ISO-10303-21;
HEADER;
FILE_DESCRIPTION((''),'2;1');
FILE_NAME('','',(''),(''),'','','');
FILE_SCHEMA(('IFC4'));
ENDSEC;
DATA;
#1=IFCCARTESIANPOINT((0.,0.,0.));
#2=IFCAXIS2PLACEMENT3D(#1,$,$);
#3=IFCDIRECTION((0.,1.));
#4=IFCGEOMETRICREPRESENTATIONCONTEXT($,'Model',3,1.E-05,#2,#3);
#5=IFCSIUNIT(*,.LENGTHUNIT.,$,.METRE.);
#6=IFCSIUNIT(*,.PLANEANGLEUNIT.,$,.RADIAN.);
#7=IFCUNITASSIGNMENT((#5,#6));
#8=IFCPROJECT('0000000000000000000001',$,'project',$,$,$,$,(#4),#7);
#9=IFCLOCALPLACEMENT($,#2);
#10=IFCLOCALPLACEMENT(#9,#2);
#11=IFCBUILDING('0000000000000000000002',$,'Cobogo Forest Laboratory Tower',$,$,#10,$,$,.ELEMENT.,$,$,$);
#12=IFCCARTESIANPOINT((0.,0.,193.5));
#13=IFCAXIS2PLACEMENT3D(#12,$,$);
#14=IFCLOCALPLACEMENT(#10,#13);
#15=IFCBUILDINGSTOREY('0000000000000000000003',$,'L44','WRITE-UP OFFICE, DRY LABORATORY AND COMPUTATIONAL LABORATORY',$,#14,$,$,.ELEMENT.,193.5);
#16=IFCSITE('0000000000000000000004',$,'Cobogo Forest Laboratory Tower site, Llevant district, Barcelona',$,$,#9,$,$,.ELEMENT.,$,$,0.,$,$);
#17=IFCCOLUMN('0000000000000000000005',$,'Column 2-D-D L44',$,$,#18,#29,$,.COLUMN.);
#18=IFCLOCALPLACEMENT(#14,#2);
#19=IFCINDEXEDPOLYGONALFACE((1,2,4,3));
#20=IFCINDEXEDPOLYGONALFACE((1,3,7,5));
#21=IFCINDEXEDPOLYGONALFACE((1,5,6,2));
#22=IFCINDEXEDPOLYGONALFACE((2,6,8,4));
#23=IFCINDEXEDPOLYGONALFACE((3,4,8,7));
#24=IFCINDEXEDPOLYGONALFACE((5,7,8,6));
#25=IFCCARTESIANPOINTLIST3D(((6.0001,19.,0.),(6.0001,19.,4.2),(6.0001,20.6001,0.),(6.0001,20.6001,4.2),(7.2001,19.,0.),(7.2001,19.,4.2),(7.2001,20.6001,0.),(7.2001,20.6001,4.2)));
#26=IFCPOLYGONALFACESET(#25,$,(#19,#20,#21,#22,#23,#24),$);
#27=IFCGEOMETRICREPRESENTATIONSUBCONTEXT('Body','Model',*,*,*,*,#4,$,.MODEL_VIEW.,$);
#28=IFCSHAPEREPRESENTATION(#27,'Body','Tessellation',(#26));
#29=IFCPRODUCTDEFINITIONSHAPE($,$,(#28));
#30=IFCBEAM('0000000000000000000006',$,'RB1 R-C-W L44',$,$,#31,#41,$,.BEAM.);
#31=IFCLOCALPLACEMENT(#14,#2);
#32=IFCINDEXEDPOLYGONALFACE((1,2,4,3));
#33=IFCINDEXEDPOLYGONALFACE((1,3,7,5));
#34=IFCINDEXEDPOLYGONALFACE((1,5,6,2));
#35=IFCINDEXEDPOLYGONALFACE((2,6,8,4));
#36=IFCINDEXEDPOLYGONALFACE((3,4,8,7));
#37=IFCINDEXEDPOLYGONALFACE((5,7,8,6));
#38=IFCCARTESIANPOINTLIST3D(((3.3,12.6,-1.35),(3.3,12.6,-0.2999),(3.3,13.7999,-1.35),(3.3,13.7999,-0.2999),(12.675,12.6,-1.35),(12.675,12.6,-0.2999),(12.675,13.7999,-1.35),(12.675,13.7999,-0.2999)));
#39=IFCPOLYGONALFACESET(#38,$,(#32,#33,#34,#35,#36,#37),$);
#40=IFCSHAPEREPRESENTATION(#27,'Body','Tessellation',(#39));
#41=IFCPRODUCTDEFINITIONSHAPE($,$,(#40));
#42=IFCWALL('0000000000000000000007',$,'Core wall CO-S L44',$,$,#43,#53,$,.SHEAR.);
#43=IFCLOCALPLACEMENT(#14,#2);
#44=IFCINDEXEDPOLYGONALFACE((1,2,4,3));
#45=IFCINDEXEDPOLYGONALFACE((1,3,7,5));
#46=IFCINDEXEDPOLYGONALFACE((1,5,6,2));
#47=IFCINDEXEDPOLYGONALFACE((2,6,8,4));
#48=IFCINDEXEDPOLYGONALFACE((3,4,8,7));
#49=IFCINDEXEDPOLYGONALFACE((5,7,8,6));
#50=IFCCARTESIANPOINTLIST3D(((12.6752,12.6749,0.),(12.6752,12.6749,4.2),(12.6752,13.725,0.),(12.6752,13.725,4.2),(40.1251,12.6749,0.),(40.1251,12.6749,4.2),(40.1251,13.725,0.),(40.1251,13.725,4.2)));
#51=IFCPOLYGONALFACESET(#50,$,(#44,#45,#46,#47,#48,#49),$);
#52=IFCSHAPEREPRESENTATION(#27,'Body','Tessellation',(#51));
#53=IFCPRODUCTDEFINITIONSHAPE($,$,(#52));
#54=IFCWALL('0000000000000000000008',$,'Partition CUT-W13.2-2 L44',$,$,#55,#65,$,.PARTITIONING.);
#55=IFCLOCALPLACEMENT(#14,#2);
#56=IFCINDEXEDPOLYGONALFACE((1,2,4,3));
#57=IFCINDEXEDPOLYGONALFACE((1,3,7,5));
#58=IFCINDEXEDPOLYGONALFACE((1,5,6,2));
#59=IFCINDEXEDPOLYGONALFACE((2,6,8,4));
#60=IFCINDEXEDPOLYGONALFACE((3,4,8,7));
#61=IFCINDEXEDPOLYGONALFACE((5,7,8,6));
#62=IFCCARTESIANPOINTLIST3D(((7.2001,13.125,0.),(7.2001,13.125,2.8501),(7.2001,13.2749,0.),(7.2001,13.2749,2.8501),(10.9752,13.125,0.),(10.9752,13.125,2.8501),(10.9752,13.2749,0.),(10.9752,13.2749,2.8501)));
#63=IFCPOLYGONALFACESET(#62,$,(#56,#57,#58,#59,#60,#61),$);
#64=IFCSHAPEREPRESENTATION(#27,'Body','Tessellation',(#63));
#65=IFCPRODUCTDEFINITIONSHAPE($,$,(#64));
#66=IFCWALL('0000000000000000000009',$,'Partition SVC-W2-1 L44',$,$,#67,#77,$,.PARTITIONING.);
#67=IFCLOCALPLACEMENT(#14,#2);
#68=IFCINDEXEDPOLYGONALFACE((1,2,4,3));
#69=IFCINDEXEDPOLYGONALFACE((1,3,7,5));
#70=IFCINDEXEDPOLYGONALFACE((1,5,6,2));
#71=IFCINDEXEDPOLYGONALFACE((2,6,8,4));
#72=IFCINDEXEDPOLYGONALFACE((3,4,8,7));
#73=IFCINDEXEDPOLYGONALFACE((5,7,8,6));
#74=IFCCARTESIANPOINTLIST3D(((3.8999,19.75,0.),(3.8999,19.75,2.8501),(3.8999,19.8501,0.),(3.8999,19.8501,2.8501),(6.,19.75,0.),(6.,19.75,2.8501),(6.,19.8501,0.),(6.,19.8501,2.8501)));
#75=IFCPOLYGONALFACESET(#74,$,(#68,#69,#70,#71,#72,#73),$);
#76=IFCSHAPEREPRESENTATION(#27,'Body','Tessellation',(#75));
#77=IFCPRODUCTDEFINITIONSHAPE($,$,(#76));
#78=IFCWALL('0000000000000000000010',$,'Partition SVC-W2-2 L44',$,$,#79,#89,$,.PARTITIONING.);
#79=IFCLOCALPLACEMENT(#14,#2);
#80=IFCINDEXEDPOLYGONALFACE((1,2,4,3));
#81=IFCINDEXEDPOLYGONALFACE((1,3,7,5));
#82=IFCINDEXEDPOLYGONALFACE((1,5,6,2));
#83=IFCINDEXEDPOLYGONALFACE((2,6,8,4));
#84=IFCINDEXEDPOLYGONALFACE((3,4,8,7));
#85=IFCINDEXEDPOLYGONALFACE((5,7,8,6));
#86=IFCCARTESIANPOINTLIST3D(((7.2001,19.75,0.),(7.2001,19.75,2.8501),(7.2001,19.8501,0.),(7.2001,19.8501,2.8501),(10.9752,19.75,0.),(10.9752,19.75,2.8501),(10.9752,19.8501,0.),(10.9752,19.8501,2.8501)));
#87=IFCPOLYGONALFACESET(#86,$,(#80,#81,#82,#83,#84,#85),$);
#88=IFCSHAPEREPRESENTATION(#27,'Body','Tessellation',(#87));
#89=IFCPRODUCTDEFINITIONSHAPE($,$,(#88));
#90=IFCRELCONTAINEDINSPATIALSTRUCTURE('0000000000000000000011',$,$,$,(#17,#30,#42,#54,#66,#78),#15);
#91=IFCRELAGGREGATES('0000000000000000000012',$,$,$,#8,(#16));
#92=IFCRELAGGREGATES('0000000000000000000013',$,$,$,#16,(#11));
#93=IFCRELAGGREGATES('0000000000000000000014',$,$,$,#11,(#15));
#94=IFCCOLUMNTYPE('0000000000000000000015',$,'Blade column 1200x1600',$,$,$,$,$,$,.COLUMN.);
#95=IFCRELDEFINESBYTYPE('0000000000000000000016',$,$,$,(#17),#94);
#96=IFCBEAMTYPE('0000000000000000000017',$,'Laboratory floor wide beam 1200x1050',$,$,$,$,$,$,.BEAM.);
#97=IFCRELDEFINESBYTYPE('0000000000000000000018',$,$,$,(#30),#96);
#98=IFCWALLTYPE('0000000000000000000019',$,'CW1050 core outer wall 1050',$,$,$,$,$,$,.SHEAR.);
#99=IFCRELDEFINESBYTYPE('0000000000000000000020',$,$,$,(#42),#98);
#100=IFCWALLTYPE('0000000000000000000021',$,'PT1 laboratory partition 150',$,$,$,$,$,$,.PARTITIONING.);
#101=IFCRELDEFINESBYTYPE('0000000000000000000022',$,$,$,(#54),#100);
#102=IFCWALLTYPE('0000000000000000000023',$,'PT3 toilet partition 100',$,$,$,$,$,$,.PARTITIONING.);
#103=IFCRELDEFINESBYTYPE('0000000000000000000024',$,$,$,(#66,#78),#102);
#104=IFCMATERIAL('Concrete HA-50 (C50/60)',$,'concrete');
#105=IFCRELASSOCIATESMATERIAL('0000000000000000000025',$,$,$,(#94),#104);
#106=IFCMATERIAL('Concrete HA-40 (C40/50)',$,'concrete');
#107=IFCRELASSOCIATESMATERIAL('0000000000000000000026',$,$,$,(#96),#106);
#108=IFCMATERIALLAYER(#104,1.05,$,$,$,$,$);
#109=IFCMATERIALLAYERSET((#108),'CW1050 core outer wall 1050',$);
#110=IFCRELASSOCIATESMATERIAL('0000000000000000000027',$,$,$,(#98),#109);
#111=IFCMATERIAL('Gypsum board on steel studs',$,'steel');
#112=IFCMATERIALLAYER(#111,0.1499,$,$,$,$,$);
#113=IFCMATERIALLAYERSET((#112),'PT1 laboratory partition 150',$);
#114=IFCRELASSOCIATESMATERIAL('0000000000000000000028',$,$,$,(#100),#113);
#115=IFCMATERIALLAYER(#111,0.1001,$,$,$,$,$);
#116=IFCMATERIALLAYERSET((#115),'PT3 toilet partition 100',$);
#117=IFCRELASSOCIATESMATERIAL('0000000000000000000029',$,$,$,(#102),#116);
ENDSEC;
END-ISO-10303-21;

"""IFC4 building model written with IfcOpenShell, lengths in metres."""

from ifc_helpers import new_model, si_unit, direction, frame, frame_2d, origin, origin_2d, place, context, subcontext, project, spatial, rectangle, extrude, material, layer, layer_set, material_profile, profile_set, type_object, element, save


model = new_model("IFC4")

# Units and contexts
model_context = context("Model", 3, precision=1e-05, world=origin(), true_north=direction((0.0, 1.0)))
body_context = subcontext(model_context, "Body", "Model", "MODEL_VIEW")
ifc_project = project(units=[si_unit("LENGTHUNIT", "METRE"), si_unit("PLANEANGLEUNIT", "RADIAN")], contexts=[model_context])

# Site, building, storey
site_placement = place(None, origin())
site = spatial("IfcSite", under=ifc_project, at=site_placement, Name="Cobogo Forest Laboratory Tower site, Llevant district, Barcelona", CompositionType="ELEMENT", RefElevation=0.0)
building_placement = place(site_placement, origin())
building = spatial("IfcBuilding", under=site, at=building_placement, Name="Cobogo Forest Laboratory Tower", CompositionType="ELEMENT")
storey_placement = place(building_placement, frame((0.0, 0.0, 193.5)))
storey = spatial("IfcBuildingStorey", under=building, at=storey_placement, Name="L44", Description="WRITE-UP OFFICE, DRY LABORATORY AND COMPUTATIONAL LABORATORY", CompositionType="ELEMENT", Elevation=193.5)

# Column
ifc_material_1 = material(Name="Concrete HA-50 (C50/60)", Category="concrete")
ifc_material_profile_1 = material_profile(ifc_material_1, rectangle(XDim=1.6001, YDim=1.2, at=origin_2d()), Name="RC 1200x1600")
ifc_profile_set_1 = profile_set([ifc_material_profile_1], Name="Concrete HA-50 (C50/60)")
column_type = type_object("IfcColumnType", Name="Blade column 1200x1600", PredefinedType="COLUMN", material=ifc_profile_set_1)
column_placement = place(storey_placement, frame((6.6001, 19.8, 0.0), z_axis=(0.0, 0.0, 1.0), x_axis=(0.0, 1.0, 0.0)))
element("IfcColumn", 1, at=column_placement, inside=storey, type_object=column_type, Name="Column 2-D-D L44", PredefinedType="COLUMN", context=body_context, shape_type="SweptSolid", body=[
    extrude(rectangle(XDim=1.6001, YDim=1.2, at=origin_2d()), origin(), (0.0, 0.0, 1.0), 4.2),
])

# Beam
ifc_material_2 = material(Name="Concrete HA-40 (C40/50)", Category="concrete")
ifc_material_profile_2 = material_profile(ifc_material_2, rectangle(XDim=1.2, YDim=1.05, at=origin_2d()), Name="RC 1200x1050")
ifc_profile_set_2 = profile_set([ifc_material_profile_2], Name="Concrete HA-40 (C40/50)")
beam_type = type_object("IfcBeamType", Name="Laboratory floor wide beam 1200x1050", PredefinedType="BEAM", material=ifc_profile_set_2)
beam_placement = place(storey_placement, frame((12.675, 13.2, -0.825), z_axis=(-1.0, 0.0, 0.0), x_axis=(0.0, -1.0, 0.0)))
element("IfcBeam", 2, at=beam_placement, inside=storey, type_object=beam_type, Name="RB1 R-C-W L44", PredefinedType="BEAM", context=body_context, shape_type="SweptSolid", body=[
    extrude(rectangle(XDim=1.2, YDim=1.05, at=origin_2d()), origin(), (0.0, 0.0, 1.0), 9.375),
])

# Walls
ifc_layer_1 = layer(ifc_material_1, 1.05)
ifc_layer_set_1 = layer_set([ifc_layer_1], Name="CW1050 core outer wall 1050")
wall_type_1 = type_object("IfcWallType", Name="CW1050 core outer wall 1050", PredefinedType="SHEAR", material=ifc_layer_set_1)
wall_1_placement = place(storey_placement, frame((12.675, 13.2, 0.0), z_axis=(0.0, 0.0, 1.0), x_axis=(1.0, 0.0, 0.0)))
element("IfcWall", 3, at=wall_1_placement, inside=storey, type_object=wall_type_1, Name="Core wall CO-S L44", PredefinedType="SHEAR", context=body_context, shape_type="SweptSolid", body=[
    extrude(rectangle(XDim=27.45, YDim=1.05, at=frame_2d((13.7251, 0.0))), origin(), (0.0, 0.0, 1.0), 4.2),
])
ifc_material_3 = material(Name="Gypsum board on steel studs", Category="steel")
ifc_layer_2 = layer(ifc_material_3, 0.1499)
ifc_layer_set_2 = layer_set([ifc_layer_2], Name="PT1 laboratory partition 150")
wall_type_2 = type_object("IfcWallType", Name="PT1 laboratory partition 150", PredefinedType="PARTITIONING", material=ifc_layer_set_2)
wall_2_placement = place(storey_placement, frame((7.2, 13.2, 0.0), z_axis=(0.0, 0.0, 1.0), x_axis=(1.0, 0.0, 0.0)))
element("IfcWall", 4, at=wall_2_placement, inside=storey, type_object=wall_type_2, Name="Partition CUT-W13.2-2 L44", PredefinedType="PARTITIONING", context=body_context, shape_type="SweptSolid", body=[
    extrude(rectangle(XDim=3.7751, YDim=0.1499, at=frame_2d((1.8877, 0.0))), origin(), (0.0, 0.0, 1.0), 2.8501),
])
ifc_layer_3 = layer(ifc_material_3, 0.1001)
ifc_layer_set_3 = layer_set([ifc_layer_3], Name="PT3 toilet partition 100")
wall_type_3 = type_object("IfcWallType", Name="PT3 toilet partition 100", PredefinedType="PARTITIONING", material=ifc_layer_set_3)
wall_3_placement = place(storey_placement, frame((3.8999, 19.8, 0.0), z_axis=(0.0, 0.0, 1.0), x_axis=(1.0, 0.0, 0.0)))
element("IfcWall", 5, at=wall_3_placement, inside=storey, type_object=wall_type_3, Name="Partition SVC-W2-1 L44", PredefinedType="PARTITIONING", context=body_context, shape_type="SweptSolid", body=[
    extrude(rectangle(XDim=2.1001, YDim=0.1001, at=frame_2d((1.05, 0.0))), origin(), (0.0, 0.0, 1.0), 2.8501),
])
wall_4_placement = place(storey_placement, frame((7.2, 19.8, 0.0), z_axis=(0.0, 0.0, 1.0), x_axis=(1.0, 0.0, 0.0)))
element("IfcWall", 6, at=wall_4_placement, inside=storey, type_object=wall_type_3, Name="Partition SVC-W2-2 L44", PredefinedType="PARTITIONING", context=body_context, shape_type="SweptSolid", body=[
    extrude(rectangle(XDim=3.7751, YDim=0.1001, at=frame_2d((1.8877, 0.0))), origin(), (0.0, 0.0, 1.0), 2.8501),
])

save(model, "model.ifc")
